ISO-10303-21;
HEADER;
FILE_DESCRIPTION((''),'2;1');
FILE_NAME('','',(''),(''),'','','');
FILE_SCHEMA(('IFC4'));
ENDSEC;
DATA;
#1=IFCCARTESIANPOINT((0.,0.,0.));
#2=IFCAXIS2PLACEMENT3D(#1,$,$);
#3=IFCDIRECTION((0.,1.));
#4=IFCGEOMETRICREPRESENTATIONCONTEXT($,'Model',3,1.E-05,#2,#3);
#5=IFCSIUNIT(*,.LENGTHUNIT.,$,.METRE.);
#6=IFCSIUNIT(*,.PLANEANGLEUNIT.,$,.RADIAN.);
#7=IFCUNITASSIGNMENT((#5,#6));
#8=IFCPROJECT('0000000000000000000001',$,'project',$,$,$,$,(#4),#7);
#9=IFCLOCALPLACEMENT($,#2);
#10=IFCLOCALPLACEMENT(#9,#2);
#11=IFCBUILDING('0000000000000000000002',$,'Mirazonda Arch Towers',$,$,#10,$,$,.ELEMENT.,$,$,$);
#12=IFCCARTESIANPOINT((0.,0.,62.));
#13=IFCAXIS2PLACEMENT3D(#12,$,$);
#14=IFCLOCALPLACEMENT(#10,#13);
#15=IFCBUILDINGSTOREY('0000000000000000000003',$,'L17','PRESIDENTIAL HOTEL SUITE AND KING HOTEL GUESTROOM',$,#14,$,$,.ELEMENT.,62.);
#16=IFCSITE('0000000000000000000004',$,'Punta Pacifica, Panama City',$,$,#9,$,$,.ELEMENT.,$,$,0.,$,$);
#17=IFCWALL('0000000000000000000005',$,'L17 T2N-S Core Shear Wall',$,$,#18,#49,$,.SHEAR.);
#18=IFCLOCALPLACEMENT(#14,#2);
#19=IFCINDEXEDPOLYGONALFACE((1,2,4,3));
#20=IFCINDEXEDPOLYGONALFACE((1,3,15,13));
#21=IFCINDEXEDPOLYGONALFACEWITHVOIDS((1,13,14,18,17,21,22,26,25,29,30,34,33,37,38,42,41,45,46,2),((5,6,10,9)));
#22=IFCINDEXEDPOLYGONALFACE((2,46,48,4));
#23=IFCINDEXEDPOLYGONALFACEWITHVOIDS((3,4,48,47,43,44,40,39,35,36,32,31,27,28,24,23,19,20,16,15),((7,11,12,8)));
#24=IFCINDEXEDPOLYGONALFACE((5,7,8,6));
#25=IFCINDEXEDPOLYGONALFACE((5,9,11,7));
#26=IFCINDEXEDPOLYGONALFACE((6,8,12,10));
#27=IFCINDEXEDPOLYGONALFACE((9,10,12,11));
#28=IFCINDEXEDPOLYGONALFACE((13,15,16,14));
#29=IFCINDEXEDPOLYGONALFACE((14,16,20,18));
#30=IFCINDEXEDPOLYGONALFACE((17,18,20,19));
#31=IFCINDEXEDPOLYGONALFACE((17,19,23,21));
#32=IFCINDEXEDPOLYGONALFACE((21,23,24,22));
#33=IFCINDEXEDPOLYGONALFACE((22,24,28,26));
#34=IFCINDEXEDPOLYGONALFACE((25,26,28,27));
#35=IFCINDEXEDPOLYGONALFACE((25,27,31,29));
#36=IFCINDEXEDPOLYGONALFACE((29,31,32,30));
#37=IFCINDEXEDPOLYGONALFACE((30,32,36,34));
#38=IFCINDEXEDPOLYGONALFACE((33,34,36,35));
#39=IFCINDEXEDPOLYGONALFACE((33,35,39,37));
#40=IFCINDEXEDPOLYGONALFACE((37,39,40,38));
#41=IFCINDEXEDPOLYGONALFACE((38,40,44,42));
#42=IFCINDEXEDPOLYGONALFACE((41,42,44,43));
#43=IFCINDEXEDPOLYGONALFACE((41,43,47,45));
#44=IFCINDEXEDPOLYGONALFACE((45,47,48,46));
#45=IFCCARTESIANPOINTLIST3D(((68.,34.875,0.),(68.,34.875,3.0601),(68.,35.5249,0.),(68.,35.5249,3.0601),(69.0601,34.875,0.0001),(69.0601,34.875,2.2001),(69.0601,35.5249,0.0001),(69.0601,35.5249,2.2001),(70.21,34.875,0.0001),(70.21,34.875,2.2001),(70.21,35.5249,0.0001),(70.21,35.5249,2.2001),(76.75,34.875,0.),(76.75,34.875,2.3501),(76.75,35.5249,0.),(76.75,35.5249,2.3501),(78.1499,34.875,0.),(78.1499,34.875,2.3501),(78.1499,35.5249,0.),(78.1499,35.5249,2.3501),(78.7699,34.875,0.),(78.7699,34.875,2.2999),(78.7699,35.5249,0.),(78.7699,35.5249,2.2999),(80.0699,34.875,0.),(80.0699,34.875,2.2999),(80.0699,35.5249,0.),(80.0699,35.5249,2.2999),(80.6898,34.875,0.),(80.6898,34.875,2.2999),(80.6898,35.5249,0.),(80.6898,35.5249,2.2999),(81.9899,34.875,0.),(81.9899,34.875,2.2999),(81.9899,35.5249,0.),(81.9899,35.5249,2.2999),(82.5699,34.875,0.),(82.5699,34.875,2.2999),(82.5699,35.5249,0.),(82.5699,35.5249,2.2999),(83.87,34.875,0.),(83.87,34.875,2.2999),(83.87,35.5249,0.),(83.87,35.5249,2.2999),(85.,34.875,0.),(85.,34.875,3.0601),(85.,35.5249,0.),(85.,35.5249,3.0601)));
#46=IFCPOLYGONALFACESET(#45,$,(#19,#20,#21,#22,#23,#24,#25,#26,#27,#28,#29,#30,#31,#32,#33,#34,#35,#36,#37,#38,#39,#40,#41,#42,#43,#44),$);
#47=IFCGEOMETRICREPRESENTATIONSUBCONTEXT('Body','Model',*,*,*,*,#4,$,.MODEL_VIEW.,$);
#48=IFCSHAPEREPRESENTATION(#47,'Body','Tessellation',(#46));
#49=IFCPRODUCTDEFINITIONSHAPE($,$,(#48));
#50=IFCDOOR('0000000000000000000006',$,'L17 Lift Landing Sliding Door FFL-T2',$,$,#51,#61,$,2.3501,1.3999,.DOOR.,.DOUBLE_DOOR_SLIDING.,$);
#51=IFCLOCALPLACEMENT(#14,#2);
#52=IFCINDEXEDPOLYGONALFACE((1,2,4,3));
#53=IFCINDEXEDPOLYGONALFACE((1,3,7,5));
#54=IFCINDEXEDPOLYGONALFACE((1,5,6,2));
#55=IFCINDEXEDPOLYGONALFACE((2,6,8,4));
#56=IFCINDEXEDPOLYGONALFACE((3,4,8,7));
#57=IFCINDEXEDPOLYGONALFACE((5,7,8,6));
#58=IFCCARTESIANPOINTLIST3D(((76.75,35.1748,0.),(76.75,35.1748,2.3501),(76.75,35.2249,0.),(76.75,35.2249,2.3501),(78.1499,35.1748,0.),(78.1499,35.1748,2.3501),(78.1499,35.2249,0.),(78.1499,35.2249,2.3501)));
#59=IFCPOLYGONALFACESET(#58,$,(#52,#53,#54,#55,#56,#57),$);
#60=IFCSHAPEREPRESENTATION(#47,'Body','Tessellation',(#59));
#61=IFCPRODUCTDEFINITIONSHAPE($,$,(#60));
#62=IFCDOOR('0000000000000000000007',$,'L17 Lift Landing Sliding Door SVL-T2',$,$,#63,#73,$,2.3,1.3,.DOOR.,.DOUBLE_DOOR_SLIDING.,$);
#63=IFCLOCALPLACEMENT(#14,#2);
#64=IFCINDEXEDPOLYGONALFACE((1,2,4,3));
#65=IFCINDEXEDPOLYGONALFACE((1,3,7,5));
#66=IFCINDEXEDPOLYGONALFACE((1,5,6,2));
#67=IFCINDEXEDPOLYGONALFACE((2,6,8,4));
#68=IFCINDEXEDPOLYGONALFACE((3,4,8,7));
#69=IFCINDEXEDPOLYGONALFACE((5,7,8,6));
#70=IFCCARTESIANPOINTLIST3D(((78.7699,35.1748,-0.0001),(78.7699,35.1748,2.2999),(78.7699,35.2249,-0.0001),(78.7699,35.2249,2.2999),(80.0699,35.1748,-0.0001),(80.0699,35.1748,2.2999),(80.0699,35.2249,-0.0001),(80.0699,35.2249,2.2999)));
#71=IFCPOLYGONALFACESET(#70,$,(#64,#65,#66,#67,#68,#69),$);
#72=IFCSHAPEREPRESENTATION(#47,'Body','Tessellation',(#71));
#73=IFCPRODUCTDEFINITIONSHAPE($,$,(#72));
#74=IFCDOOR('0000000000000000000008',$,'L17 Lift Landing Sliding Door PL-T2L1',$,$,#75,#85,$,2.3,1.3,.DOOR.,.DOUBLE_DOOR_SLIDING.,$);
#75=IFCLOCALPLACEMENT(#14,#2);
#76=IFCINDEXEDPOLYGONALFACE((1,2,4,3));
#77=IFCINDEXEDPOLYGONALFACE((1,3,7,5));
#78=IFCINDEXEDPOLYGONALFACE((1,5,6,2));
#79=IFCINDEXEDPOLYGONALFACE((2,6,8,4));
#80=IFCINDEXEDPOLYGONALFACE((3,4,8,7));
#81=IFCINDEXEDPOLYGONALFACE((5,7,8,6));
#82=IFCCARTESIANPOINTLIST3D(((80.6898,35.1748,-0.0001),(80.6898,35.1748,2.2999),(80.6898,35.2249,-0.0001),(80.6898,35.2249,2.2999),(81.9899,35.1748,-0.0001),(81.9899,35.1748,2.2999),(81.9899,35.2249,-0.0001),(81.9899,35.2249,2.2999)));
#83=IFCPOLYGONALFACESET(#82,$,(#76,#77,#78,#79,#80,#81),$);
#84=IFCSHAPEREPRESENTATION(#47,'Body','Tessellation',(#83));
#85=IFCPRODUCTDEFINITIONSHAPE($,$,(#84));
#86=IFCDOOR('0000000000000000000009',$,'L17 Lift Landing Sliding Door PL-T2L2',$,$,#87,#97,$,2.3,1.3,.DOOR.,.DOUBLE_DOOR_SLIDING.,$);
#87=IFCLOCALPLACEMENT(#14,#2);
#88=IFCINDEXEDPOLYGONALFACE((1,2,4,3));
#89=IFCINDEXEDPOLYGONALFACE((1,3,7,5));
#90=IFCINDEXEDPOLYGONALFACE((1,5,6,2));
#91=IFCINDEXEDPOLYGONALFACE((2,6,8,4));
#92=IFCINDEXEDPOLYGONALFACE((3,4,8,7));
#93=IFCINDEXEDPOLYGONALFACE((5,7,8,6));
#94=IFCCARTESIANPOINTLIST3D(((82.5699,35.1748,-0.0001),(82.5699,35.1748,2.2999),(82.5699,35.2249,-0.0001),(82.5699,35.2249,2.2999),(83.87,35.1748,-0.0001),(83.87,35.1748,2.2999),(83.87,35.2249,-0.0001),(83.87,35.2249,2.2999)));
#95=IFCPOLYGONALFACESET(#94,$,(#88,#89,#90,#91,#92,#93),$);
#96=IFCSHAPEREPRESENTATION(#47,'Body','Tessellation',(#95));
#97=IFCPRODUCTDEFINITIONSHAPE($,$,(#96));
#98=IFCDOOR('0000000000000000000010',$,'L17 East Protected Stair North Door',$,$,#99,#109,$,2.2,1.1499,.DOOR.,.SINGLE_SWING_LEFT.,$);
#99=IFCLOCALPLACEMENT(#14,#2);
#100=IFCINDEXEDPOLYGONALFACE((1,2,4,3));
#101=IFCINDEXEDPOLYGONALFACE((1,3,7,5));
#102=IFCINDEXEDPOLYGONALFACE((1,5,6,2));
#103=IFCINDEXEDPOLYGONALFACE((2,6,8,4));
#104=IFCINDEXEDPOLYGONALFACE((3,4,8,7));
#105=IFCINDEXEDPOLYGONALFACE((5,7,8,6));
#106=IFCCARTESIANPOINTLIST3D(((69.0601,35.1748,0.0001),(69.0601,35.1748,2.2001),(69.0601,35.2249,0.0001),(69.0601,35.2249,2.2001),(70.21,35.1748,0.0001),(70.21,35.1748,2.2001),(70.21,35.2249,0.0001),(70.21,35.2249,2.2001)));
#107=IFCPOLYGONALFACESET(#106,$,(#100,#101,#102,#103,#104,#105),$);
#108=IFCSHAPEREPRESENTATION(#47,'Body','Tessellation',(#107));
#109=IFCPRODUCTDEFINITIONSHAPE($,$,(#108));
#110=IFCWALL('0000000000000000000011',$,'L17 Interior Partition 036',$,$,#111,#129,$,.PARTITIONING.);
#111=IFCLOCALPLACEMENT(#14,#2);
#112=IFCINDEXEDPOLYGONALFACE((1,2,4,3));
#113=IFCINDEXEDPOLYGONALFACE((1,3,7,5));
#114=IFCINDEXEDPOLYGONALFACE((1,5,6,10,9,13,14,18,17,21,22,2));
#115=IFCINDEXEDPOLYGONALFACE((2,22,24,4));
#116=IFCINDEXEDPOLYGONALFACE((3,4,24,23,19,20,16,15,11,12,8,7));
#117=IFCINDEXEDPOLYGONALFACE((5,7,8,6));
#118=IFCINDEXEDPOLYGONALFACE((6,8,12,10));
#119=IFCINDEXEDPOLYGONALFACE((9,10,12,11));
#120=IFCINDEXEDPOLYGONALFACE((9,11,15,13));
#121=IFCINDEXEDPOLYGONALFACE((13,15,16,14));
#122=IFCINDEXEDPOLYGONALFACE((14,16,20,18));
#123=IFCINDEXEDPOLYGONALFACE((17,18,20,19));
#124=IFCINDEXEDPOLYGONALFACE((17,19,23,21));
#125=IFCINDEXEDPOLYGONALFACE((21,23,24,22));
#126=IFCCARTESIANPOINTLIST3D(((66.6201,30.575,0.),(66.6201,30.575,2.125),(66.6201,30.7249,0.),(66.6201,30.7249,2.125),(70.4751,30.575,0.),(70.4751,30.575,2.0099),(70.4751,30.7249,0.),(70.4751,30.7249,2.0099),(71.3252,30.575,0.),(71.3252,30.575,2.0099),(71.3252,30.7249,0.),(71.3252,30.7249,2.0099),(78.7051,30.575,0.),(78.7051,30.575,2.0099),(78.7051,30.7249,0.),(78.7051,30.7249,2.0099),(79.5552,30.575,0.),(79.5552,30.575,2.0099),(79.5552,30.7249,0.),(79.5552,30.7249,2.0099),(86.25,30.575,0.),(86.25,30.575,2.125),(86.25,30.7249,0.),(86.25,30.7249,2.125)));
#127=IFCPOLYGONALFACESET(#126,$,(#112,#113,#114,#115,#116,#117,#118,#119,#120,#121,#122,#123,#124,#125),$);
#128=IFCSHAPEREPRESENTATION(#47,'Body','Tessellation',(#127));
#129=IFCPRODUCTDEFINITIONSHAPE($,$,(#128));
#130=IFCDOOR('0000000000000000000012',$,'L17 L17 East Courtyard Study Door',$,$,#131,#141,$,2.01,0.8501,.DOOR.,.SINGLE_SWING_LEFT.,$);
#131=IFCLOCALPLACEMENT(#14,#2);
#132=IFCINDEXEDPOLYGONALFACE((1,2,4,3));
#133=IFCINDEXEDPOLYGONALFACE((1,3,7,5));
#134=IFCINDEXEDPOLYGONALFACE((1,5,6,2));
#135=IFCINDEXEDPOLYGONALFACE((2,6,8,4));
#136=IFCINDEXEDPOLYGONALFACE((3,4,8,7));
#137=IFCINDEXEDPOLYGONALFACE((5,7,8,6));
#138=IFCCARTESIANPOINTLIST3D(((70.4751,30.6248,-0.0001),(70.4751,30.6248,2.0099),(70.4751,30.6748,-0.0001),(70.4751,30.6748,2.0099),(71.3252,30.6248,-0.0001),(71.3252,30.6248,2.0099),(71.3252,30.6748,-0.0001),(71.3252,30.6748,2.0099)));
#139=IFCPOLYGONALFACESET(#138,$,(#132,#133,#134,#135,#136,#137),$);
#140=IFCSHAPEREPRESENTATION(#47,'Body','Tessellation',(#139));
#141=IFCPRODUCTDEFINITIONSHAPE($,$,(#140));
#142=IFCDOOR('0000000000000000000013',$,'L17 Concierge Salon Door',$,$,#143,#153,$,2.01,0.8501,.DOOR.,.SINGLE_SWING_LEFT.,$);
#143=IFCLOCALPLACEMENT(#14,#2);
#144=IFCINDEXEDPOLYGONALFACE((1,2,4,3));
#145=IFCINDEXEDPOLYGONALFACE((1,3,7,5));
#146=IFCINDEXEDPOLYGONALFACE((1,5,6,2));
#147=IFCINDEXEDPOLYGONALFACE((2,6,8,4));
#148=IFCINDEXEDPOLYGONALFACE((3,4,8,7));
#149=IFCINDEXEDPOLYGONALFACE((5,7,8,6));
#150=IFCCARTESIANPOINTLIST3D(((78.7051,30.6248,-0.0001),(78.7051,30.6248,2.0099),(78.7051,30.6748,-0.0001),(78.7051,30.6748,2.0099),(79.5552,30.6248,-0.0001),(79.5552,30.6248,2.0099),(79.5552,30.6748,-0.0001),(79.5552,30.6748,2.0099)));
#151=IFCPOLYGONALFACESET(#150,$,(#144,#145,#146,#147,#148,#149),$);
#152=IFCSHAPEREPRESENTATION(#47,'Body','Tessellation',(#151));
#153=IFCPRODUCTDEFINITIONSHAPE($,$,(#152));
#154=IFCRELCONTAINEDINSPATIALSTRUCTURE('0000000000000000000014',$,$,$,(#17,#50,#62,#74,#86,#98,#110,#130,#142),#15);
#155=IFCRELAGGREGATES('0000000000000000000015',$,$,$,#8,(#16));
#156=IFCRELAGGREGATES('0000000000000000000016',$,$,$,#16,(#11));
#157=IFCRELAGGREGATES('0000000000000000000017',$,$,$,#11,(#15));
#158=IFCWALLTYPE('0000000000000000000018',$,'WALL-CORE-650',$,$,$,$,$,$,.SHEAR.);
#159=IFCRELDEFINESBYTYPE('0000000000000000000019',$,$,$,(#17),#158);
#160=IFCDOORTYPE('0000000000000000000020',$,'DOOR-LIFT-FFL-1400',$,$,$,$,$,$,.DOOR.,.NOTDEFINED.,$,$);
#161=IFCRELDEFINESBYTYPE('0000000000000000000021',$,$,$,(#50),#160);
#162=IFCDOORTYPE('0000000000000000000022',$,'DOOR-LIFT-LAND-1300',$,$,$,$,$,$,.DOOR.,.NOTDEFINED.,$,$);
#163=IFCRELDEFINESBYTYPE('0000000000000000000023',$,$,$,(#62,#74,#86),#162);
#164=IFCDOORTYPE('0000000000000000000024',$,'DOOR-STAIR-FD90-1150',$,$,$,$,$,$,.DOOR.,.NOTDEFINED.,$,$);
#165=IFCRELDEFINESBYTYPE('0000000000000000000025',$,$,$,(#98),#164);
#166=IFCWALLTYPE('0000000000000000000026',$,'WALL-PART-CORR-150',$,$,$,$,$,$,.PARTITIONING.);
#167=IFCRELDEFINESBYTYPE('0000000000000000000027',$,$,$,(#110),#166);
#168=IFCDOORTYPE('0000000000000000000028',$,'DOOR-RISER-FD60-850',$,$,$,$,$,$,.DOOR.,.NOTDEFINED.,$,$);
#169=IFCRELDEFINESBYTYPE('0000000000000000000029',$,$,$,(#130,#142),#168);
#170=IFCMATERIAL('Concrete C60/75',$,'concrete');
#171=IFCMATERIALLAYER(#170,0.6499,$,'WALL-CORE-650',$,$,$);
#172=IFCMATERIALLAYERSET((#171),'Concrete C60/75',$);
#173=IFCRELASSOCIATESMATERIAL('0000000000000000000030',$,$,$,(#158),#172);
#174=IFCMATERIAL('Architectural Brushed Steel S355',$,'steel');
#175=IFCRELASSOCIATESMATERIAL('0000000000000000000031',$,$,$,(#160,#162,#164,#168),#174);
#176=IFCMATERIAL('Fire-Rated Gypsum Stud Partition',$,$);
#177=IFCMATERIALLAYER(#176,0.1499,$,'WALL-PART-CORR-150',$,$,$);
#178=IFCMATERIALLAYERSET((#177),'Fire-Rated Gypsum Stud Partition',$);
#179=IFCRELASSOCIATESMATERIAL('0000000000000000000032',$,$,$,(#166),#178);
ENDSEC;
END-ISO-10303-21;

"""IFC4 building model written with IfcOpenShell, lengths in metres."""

from ifc_helpers import new_model, si_unit, direction, frame, frame_2d, origin, place, context, subcontext, project, spatial, rectangle, extrude, material, layer, layer_set, type_object, element, fill, save


model = new_model("IFC4")

# Units and contexts
model_context = context("Model", 3, precision=1e-05, world=origin(), true_north=direction((0.0, 1.0)))
body_context = subcontext(model_context, "Body", "Model", "MODEL_VIEW")
ifc_project = project(units=[si_unit("LENGTHUNIT", "METRE"), si_unit("PLANEANGLEUNIT", "RADIAN")], contexts=[model_context])

# Site, building, storey
site_placement = place(None, origin())
site = spatial("IfcSite", under=ifc_project, at=site_placement, Name="Punta Pacifica, Panama City", CompositionType="ELEMENT", RefElevation=0.0)
building_placement = place(site_placement, origin())
building = spatial("IfcBuilding", under=site, at=building_placement, Name="Mirazonda Arch Towers", CompositionType="ELEMENT")
storey_placement = place(building_placement, frame((0.0, 0.0, 62.0)))
storey = spatial("IfcBuildingStorey", under=building, at=storey_placement, Name="L17", Description="PRESIDENTIAL HOTEL SUITE AND KING HOTEL GUESTROOM", CompositionType="ELEMENT", Elevation=62.0)

# Shared definitions
ifc_material_1 = material(Name="Concrete C60/75", Category="concrete")

# Shared definitions
ifc_layer_1 = layer(ifc_material_1, 0.6499, Name="WALL-CORE-650")
ifc_layer_set_1 = layer_set([ifc_layer_1], Name="Concrete C60/75")
wall_type_1 = type_object("IfcWallType", Name="WALL-CORE-650", PredefinedType="SHEAR", material=ifc_layer_set_1)

# Walls, openings, doors
wall_1_placement = place(storey_placement, frame((68.0, 35.2, 0.0), z_axis=(0.0, 0.0, 1.0), x_axis=(1.0, 0.0, 0.0)))
wall_1 = element("IfcWall", 1, at=wall_1_placement, inside=storey, type_object=wall_type_1, Name="L17 T2N-S Core Shear Wall", PredefinedType="SHEAR", context=body_context, shape_type="SweptSolid", body=[
    extrude(rectangle(XDim=17.0, YDim=0.6499, at=frame_2d((8.5, 0.0))), origin(), (0.0, 0.0, 1.0), 3.0601),
])
opening_1_placement = place(wall_1_placement, frame((1.0601, 0.0, 0.0)))
opening_1 = element("IfcOpeningElement", 2, at=opening_1_placement, cuts=wall_1, PredefinedType="OPENING", context=body_context, shape_type="SweptSolid", body=[
    extrude(rectangle(XDim=1.1499, YDim=2.2, at=frame_2d((0.575, 1.1001))), frame((0.0, 0.335, 0.0), z_axis=(0.0, -1.0, 0.0), x_axis=(1.0, 0.0, 0.0)), (0.0, 0.0, 1.0), 0.6699),
])
opening_2_placement = place(wall_1_placement, frame((8.75, 0.0, 0.0)))
opening_2 = element("IfcOpeningElement", 3, at=opening_2_placement, cuts=wall_1, PredefinedType="OPENING", context=body_context, shape_type="SweptSolid", body=[
    extrude(rectangle(XDim=1.3999, YDim=2.3501, at=frame_2d((0.7, 1.175))), frame((0.0, 0.335, 0.0), z_axis=(0.0, -1.0, 0.0), x_axis=(1.0, 0.0, 0.0)), (0.0, 0.0, 1.0), 0.6699),
])
opening_3_placement = place(wall_1_placement, frame((10.77, 0.0, 0.0)))
opening_3 = element("IfcOpeningElement", 4, at=opening_3_placement, cuts=wall_1, PredefinedType="OPENING", context=body_context, shape_type="SweptSolid", body=[
    extrude(rectangle(XDim=1.3, YDim=2.3, at=frame_2d((0.6499, 1.1499))), frame((0.0, 0.335, 0.0), z_axis=(0.0, -1.0, 0.0), x_axis=(1.0, 0.0, 0.0)), (0.0, 0.0, 1.0), 0.6699),
])
opening_4_placement = place(wall_1_placement, frame((12.6899, 0.0, 0.0)))
opening_4 = element("IfcOpeningElement", 5, at=opening_4_placement, cuts=wall_1, PredefinedType="OPENING", context=body_context, shape_type="SweptSolid", body=[
    extrude(rectangle(XDim=1.3, YDim=2.3, at=frame_2d((0.6499, 1.1499))), frame((0.0, 0.335, 0.0), z_axis=(0.0, -1.0, 0.0), x_axis=(1.0, 0.0, 0.0)), (0.0, 0.0, 1.0), 0.6699),
])
opening_5_placement = place(wall_1_placement, frame((14.5701, 0.0, 0.0)))
opening_5 = element("IfcOpeningElement", 6, at=opening_5_placement, cuts=wall_1, PredefinedType="OPENING", context=body_context, shape_type="SweptSolid", body=[
    extrude(rectangle(XDim=1.3, YDim=2.3, at=frame_2d((0.6499, 1.1499))), frame((0.0, 0.335, 0.0), z_axis=(0.0, -1.0, 0.0), x_axis=(1.0, 0.0, 0.0)), (0.0, 0.0, 1.0), 0.6699),
])
ifc_material_2 = material(Name="Architectural Brushed Steel S355", Category="steel")
door_type_1 = type_object("IfcDoorType", Name="DOOR-LIFT-FFL-1400", OperationType="NOTDEFINED", PredefinedType="DOOR", material=ifc_material_2)
door_1_placement = place(opening_2_placement, origin())
door_1 = element("IfcDoor", 7, at=door_1_placement, inside=storey, type_object=door_type_1, Name="L17 Lift Landing Sliding Door FFL-T2", OperationType="DOUBLE_DOOR_SLIDING", OverallHeight=2.3501, OverallWidth=1.3999, PredefinedType="DOOR", context=body_context, shape_type="SweptSolid", body=[
    extrude(rectangle(XDim=1.3999, YDim=2.3501, at=frame_2d((0.7, 1.175))), frame((0.0, 0.0249, 0.0), z_axis=(0.0, -1.0, 0.0), x_axis=(1.0, 0.0, 0.0)), (0.0, 0.0, 1.0), 0.05),
])
fill(opening_2, door_1)
door_type_2 = type_object("IfcDoorType", Name="DOOR-LIFT-LAND-1300", OperationType="NOTDEFINED", PredefinedType="DOOR", material=ifc_material_2)
door_2_placement = place(opening_3_placement, origin())
door_2 = element("IfcDoor", 8, at=door_2_placement, inside=storey, type_object=door_type_2, Name="L17 Lift Landing Sliding Door SVL-T2", OperationType="DOUBLE_DOOR_SLIDING", OverallHeight=2.3, OverallWidth=1.3, PredefinedType="DOOR", context=body_context, shape_type="SweptSolid", body=[
    extrude(rectangle(XDim=1.3, YDim=2.3, at=frame_2d((0.6499, 1.1499))), frame((0.0, 0.0249, 0.0), z_axis=(0.0, -1.0, 0.0), x_axis=(1.0, 0.0, 0.0)), (0.0, 0.0, 1.0), 0.05),
])
fill(opening_3, door_2)
door_3_placement = place(opening_4_placement, origin())
door_3 = element("IfcDoor", 9, at=door_3_placement, inside=storey, type_object=door_type_2, Name="L17 Lift Landing Sliding Door PL-T2L1", OperationType="DOUBLE_DOOR_SLIDING", OverallHeight=2.3, OverallWidth=1.3, PredefinedType="DOOR", context=body_context, shape_type="SweptSolid", body=[
    extrude(rectangle(XDim=1.3, YDim=2.3, at=frame_2d((0.6499, 1.1499))), frame((0.0, 0.0249, 0.0), z_axis=(0.0, -1.0, 0.0), x_axis=(1.0, 0.0, 0.0)), (0.0, 0.0, 1.0), 0.05),
])
fill(opening_4, door_3)
door_4_placement = place(opening_5_placement, origin())
door_4 = element("IfcDoor", 10, at=door_4_placement, inside=storey, type_object=door_type_2, Name="L17 Lift Landing Sliding Door PL-T2L2", OperationType="DOUBLE_DOOR_SLIDING", OverallHeight=2.3, OverallWidth=1.3, PredefinedType="DOOR", context=body_context, shape_type="SweptSolid", body=[
    extrude(rectangle(XDim=1.3, YDim=2.3, at=frame_2d((0.6499, 1.1499))), frame((0.0, 0.0249, 0.0), z_axis=(0.0, -1.0, 0.0), x_axis=(1.0, 0.0, 0.0)), (0.0, 0.0, 1.0), 0.05),
])
fill(opening_5, door_4)
door_type_3 = type_object("IfcDoorType", Name="DOOR-STAIR-FD90-1150", OperationType="NOTDEFINED", PredefinedType="DOOR", material=ifc_material_2)
door_5_placement = place(opening_1_placement, origin())
door_5 = element("IfcDoor", 11, at=door_5_placement, inside=storey, type_object=door_type_3, Name="L17 East Protected Stair North Door", OperationType="SINGLE_SWING_LEFT", OverallHeight=2.2, OverallWidth=1.1499, PredefinedType="DOOR", context=body_context, shape_type="SweptSolid", body=[
    extrude(rectangle(XDim=1.1499, YDim=2.2, at=frame_2d((0.575, 1.1001))), frame((0.0, 0.0249, 0.0), z_axis=(0.0, -1.0, 0.0), x_axis=(1.0, 0.0, 0.0)), (0.0, 0.0, 1.0), 0.05),
])
fill(opening_1, door_5)
ifc_material_3 = material(Name="Fire-Rated Gypsum Stud Partition")
ifc_layer_2 = layer(ifc_material_3, 0.1499, Name="WALL-PART-CORR-150")
ifc_layer_set_2 = layer_set([ifc_layer_2], Name="Fire-Rated Gypsum Stud Partition")
wall_type_2 = type_object("IfcWallType", Name="WALL-PART-CORR-150", PredefinedType="PARTITIONING", material=ifc_layer_set_2)
wall_2_placement = place(storey_placement, frame((66.6201, 30.6499, 0.0), z_axis=(0.0, 0.0, 1.0), x_axis=(1.0, 0.0, 0.0)))
wall_2 = element("IfcWall", 12, at=wall_2_placement, inside=storey, type_object=wall_type_2, Name="L17 Interior Partition 036", PredefinedType="PARTITIONING", context=body_context, shape_type="SweptSolid", body=[
    extrude(rectangle(XDim=19.6299, YDim=0.1499, at=frame_2d((9.8149, 0.0))), origin(), (0.0, 0.0, 1.0), 2.125),
])
opening_6_placement = place(wall_2_placement, frame((3.855, 0.0, 0.0)))
opening_6 = element("IfcOpeningElement", 13, at=opening_6_placement, cuts=wall_2, PredefinedType="OPENING", context=body_context, shape_type="SweptSolid", body=[
    extrude(rectangle(XDim=0.8501, YDim=2.01, at=frame_2d((0.425, 1.0049))), frame((0.0, 0.085, 0.0), z_axis=(0.0, -1.0, 0.0), x_axis=(1.0, 0.0, 0.0)), (0.0, 0.0, 1.0), 0.1699),
])
opening_7_placement = place(wall_2_placement, frame((12.085, 0.0, 0.0)))
opening_7 = element("IfcOpeningElement", 14, at=opening_7_placement, cuts=wall_2, PredefinedType="OPENING", context=body_context, shape_type="SweptSolid", body=[
    extrude(rectangle(XDim=0.8501, YDim=2.01, at=frame_2d((0.425, 1.0049))), frame((0.0, 0.085, 0.0), z_axis=(0.0, -1.0, 0.0), x_axis=(1.0, 0.0, 0.0)), (0.0, 0.0, 1.0), 0.1699),
])
door_type_4 = type_object("IfcDoorType", Name="DOOR-RISER-FD60-850", OperationType="NOTDEFINED", PredefinedType="DOOR", material=ifc_material_2)
door_6_placement = place(opening_6_placement, origin())
door_6 = element("IfcDoor", 15, at=door_6_placement, inside=storey, type_object=door_type_4, Name="L17 L17 East Courtyard Study Door", OperationType="SINGLE_SWING_LEFT", OverallHeight=2.01, OverallWidth=0.8501, PredefinedType="DOOR", context=body_context, shape_type="SweptSolid", body=[
    extrude(rectangle(XDim=0.8501, YDim=2.01, at=frame_2d((0.425, 1.0049))), frame((0.0, 0.0249, 0.0), z_axis=(0.0, -1.0, 0.0), x_axis=(1.0, 0.0, 0.0)), (0.0, 0.0, 1.0), 0.05),
])
fill(opening_6, door_6)
door_7_placement = place(opening_7_placement, origin())
door_7 = element("IfcDoor", 16, at=door_7_placement, inside=storey, type_object=door_type_4, Name="L17 Concierge Salon Door", OperationType="SINGLE_SWING_LEFT", OverallHeight=2.01, OverallWidth=0.8501, PredefinedType="DOOR", context=body_context, shape_type="SweptSolid", body=[
    extrude(rectangle(XDim=0.8501, YDim=2.01, at=frame_2d((0.425, 1.0049))), frame((0.0, 0.0249, 0.0), z_axis=(0.0, -1.0, 0.0), x_axis=(1.0, 0.0, 0.0)), (0.0, 0.0, 1.0), 0.05),
])
fill(opening_7, door_7)

save(model, "model.ifc")
